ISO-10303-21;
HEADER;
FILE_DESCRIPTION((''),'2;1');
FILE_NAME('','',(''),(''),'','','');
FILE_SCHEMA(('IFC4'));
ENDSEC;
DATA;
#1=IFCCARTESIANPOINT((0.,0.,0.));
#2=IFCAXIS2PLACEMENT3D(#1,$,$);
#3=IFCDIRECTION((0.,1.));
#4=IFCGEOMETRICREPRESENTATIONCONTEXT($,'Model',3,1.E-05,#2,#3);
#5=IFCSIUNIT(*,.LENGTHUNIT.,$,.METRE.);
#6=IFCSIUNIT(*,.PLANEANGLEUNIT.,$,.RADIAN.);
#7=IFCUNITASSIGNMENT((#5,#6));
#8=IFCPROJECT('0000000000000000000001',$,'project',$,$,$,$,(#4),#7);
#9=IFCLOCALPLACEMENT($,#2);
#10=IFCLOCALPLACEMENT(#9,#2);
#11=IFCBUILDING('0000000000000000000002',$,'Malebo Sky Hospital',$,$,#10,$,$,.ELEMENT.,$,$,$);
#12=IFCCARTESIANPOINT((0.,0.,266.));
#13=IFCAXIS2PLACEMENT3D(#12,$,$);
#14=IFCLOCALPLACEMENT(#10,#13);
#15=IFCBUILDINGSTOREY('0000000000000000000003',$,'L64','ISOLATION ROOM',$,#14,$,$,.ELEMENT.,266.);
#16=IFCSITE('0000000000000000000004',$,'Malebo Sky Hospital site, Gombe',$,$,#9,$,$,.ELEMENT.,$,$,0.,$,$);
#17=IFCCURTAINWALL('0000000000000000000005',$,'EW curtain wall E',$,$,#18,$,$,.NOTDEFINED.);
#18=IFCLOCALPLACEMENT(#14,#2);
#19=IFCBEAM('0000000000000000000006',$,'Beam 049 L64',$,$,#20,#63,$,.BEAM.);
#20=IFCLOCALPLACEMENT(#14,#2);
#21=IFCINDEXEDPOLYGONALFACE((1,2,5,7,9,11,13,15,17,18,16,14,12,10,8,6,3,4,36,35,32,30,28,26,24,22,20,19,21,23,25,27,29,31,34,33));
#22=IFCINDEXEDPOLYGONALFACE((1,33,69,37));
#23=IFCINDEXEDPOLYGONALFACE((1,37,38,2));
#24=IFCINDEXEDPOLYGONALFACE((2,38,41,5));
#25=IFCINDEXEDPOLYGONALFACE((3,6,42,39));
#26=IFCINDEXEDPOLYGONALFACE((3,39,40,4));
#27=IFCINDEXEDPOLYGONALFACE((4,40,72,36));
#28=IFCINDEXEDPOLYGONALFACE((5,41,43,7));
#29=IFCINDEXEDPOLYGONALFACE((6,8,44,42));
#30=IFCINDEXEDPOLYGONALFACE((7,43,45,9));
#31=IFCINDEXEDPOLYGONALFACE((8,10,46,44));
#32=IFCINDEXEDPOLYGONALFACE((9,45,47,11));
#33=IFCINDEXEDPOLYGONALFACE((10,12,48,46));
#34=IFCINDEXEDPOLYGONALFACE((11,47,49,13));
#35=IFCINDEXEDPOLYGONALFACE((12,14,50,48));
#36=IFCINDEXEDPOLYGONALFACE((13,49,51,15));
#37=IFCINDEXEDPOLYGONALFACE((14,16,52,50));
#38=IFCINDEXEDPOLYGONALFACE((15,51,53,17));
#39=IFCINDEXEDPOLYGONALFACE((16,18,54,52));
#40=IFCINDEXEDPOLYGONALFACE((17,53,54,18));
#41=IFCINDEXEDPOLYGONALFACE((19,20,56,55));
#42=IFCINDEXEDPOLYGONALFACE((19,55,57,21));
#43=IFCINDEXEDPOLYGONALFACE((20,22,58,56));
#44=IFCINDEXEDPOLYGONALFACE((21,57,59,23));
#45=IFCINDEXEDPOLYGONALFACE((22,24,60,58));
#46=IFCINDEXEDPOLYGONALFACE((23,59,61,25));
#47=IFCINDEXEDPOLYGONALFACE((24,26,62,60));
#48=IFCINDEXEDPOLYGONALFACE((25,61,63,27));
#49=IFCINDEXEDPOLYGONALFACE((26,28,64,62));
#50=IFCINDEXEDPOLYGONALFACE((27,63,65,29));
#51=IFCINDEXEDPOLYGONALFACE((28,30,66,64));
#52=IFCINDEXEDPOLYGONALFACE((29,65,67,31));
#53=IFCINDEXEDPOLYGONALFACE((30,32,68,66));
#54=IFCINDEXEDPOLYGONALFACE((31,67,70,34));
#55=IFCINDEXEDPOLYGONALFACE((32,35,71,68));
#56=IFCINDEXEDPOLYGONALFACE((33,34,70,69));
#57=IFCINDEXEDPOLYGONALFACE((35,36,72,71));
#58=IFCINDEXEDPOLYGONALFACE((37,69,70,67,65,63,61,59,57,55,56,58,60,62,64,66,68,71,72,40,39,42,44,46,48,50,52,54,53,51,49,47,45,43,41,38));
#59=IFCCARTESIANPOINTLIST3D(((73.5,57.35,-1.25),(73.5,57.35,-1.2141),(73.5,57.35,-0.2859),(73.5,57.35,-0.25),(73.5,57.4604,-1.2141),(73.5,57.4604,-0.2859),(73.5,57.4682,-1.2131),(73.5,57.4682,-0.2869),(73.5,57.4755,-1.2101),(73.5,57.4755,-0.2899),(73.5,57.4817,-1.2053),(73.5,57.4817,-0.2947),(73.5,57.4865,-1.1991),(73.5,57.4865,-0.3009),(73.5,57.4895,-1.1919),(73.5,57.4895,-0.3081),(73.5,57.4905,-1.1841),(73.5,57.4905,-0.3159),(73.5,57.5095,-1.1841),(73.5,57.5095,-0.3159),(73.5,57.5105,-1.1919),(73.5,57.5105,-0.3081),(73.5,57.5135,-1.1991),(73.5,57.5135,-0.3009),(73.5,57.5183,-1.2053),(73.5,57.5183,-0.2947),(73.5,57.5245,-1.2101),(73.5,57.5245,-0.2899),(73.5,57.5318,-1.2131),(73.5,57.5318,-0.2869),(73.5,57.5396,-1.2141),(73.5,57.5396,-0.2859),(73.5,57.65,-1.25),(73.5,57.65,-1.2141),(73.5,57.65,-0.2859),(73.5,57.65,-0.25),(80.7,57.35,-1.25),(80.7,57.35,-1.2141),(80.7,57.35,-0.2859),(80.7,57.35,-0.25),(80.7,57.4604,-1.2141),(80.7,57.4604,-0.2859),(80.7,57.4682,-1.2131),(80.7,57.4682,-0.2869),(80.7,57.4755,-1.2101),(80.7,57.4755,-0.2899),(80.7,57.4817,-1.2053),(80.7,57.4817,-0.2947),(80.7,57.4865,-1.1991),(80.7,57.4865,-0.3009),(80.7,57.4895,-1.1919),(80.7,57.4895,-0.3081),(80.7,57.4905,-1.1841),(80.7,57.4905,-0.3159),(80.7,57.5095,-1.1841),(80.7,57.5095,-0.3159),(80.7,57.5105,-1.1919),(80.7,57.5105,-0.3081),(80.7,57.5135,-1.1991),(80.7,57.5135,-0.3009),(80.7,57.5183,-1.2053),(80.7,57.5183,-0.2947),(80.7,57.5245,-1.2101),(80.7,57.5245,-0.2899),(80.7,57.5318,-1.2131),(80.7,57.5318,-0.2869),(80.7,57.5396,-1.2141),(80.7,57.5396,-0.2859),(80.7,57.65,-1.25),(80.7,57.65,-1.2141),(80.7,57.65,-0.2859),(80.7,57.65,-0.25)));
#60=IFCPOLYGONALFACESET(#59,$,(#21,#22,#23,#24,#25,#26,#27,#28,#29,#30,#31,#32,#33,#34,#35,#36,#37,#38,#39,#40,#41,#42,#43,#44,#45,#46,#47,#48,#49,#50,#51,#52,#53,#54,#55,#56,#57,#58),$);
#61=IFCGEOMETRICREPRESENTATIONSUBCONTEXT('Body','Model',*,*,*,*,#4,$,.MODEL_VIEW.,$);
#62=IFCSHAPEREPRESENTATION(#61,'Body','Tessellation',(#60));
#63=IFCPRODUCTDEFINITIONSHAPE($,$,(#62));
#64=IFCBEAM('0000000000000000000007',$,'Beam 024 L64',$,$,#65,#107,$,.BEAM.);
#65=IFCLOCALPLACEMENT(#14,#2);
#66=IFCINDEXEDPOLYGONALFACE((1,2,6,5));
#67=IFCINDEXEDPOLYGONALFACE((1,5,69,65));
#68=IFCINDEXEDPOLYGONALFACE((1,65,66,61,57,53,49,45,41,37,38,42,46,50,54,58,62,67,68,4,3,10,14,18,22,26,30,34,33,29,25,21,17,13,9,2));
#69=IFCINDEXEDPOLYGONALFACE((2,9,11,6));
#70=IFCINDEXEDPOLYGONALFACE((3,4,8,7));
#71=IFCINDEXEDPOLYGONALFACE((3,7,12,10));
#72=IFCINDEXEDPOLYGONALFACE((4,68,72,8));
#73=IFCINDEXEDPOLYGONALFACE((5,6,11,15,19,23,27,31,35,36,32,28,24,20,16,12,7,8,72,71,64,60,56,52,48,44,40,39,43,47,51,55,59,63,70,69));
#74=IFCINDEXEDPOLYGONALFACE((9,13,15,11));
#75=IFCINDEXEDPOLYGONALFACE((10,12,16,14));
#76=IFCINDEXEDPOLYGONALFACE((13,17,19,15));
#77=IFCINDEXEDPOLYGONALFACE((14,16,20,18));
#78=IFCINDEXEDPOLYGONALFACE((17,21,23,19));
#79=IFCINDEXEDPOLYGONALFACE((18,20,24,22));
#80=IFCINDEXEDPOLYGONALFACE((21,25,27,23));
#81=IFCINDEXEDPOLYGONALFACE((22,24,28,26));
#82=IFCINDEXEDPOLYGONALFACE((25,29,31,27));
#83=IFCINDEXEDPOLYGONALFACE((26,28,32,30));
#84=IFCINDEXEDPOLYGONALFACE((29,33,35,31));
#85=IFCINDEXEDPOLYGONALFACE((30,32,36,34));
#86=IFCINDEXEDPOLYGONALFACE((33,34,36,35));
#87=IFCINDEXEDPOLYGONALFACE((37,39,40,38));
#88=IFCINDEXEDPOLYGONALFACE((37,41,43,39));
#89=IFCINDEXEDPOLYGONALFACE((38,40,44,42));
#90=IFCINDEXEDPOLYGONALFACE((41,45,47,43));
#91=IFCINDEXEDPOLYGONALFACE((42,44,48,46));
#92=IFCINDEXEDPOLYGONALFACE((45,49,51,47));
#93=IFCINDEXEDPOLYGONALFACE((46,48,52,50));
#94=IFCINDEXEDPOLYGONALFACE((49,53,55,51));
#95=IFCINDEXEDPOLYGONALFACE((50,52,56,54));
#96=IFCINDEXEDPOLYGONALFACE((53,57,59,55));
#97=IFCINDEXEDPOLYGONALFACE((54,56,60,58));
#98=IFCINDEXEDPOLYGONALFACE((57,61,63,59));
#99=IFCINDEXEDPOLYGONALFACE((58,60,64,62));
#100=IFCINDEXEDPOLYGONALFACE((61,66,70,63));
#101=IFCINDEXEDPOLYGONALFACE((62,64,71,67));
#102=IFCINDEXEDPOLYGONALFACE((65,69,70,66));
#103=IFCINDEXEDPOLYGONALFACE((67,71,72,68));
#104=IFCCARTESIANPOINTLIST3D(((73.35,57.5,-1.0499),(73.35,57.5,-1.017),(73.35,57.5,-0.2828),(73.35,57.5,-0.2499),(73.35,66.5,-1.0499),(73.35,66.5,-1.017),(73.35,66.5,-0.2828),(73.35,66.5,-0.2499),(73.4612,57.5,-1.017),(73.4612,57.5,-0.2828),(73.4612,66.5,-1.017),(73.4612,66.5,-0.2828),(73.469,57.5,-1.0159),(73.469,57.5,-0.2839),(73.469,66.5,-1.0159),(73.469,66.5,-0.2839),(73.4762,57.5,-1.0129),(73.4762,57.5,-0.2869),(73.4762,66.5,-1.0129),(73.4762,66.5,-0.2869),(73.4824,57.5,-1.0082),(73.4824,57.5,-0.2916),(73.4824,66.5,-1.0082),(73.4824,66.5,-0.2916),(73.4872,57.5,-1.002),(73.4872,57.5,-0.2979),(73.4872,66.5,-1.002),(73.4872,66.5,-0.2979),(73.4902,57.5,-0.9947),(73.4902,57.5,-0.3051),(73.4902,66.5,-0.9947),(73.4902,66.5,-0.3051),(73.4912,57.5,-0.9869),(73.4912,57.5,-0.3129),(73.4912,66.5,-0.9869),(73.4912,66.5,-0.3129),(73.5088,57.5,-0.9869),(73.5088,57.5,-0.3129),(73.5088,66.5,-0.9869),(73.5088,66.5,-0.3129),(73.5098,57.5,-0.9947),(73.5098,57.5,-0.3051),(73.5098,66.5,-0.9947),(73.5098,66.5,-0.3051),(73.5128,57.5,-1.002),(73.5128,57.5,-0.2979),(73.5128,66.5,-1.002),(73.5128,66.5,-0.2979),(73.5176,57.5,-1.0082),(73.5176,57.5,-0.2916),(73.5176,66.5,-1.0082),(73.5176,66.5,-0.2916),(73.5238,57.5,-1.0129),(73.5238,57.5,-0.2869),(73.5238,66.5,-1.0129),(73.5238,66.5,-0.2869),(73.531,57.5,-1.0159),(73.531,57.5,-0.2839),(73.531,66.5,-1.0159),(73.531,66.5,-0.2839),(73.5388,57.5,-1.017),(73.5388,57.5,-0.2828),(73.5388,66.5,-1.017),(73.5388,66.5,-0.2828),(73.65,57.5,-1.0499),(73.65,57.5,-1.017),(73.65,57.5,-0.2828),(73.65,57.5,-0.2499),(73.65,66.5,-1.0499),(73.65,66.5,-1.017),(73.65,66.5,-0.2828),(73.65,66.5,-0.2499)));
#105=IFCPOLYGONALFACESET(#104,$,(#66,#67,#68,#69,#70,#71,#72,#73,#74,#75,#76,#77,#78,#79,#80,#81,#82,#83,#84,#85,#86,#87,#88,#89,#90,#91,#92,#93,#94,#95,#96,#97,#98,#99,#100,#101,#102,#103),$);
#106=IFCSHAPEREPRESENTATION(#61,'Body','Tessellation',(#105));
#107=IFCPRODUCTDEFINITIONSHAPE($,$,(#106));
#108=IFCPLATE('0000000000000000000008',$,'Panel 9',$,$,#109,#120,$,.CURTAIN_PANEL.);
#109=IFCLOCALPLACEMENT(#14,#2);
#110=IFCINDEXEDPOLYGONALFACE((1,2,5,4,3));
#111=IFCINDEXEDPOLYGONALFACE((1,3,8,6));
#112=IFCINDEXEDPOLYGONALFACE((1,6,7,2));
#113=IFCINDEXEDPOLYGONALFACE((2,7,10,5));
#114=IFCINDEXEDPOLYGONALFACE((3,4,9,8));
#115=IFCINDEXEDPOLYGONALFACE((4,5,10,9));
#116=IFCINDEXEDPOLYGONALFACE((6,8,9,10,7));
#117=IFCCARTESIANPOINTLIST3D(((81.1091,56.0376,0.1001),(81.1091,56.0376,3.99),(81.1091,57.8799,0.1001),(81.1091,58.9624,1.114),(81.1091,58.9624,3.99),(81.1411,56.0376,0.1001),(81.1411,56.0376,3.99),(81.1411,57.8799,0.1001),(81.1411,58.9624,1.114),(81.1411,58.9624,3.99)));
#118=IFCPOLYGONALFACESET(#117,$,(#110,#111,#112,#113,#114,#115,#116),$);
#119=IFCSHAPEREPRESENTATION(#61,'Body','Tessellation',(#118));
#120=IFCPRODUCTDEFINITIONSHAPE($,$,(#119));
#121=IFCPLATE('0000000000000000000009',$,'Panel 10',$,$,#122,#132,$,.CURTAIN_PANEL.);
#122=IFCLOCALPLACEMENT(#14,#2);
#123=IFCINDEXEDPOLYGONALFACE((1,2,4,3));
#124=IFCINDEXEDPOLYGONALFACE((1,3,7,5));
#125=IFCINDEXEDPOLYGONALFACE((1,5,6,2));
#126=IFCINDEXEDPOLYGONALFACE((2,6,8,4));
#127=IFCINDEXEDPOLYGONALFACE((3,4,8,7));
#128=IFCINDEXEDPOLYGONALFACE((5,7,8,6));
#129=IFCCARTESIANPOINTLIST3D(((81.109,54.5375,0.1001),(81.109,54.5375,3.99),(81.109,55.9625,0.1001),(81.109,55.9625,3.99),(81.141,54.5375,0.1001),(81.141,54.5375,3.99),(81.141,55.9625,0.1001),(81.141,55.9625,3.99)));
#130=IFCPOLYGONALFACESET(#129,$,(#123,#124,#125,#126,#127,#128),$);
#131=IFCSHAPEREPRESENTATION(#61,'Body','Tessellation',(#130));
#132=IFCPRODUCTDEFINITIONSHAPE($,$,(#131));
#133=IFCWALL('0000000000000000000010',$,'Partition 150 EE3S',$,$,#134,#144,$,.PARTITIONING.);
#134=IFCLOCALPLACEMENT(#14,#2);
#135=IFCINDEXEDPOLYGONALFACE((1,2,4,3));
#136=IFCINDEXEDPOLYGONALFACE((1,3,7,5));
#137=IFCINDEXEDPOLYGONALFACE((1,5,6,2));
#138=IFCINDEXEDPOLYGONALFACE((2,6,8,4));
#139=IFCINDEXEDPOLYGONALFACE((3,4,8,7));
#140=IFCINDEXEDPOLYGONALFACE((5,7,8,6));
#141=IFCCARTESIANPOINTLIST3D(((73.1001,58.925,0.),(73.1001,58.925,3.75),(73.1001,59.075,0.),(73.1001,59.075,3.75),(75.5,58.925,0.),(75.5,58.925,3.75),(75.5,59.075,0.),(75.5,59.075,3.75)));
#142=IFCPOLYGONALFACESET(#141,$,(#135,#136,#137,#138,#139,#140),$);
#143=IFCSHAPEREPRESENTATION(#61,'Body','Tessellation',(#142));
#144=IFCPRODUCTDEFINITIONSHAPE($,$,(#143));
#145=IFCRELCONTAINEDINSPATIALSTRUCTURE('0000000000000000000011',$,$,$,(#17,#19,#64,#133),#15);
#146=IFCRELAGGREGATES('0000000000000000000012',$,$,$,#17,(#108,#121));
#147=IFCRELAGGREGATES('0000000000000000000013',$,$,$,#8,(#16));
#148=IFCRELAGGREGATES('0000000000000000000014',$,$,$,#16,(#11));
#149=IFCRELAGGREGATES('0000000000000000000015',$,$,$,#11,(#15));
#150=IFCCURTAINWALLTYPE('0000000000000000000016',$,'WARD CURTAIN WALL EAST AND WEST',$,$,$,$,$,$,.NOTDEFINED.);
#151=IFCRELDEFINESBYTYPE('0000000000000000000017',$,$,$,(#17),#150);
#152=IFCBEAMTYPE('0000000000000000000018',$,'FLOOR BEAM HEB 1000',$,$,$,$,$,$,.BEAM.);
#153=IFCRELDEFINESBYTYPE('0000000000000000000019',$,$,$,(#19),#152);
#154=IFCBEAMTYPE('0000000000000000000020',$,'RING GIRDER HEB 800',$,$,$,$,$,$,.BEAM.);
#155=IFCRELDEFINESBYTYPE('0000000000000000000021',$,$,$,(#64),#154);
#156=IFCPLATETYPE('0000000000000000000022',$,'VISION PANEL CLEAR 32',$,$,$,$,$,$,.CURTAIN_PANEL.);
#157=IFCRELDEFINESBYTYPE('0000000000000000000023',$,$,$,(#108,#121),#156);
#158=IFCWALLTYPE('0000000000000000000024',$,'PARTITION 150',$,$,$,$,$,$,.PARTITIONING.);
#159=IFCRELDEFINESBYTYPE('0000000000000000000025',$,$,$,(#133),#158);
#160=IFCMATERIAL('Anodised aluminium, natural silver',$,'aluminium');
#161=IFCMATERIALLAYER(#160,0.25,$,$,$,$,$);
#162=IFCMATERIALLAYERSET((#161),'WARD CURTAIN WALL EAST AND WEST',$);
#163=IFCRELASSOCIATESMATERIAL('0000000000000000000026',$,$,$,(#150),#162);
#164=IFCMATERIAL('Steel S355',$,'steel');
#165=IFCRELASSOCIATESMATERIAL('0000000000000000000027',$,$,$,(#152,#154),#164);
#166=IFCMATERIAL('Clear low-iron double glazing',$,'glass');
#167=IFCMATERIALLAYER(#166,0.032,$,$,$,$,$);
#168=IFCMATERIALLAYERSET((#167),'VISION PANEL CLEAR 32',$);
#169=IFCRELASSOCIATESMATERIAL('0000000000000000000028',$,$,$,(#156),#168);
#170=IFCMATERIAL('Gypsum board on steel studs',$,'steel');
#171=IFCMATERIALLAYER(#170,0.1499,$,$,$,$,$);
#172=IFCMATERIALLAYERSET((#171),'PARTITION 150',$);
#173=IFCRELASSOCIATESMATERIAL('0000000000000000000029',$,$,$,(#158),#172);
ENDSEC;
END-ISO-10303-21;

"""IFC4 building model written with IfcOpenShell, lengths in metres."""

from ifc_helpers import new_model, si_unit, direction, frame, frame_2d, origin, origin_2d, place, context, subcontext, project, spatial, polyline, rectangle, i_section, outline, extrude, material, layer, layer_set, material_profile, profile_set, type_object, element, aggregate, save


model = new_model("IFC4")

# Units and contexts
model_context = context("Model", 3, precision=1e-05, world=origin(), true_north=direction((0.0, 1.0)))
body_context = subcontext(model_context, "Body", "Model", "MODEL_VIEW")
ifc_project = project(units=[si_unit("LENGTHUNIT", "METRE"), si_unit("PLANEANGLEUNIT", "RADIAN")], contexts=[model_context])

# Site, building, storey
site_placement = place(None, origin())
site = spatial("IfcSite", under=ifc_project, at=site_placement, Name="Malebo Sky Hospital site, Gombe", CompositionType="ELEMENT", RefElevation=0.0)
building_placement = place(site_placement, origin())
building = spatial("IfcBuilding", under=site, at=building_placement, Name="Malebo Sky Hospital", CompositionType="ELEMENT")
storey_placement = place(building_placement, frame((0.0, 0.0, 266.0)))
storey = spatial("IfcBuildingStorey", under=building, at=storey_placement, Name="L64", Description="ISOLATION ROOM", CompositionType="ELEMENT", Elevation=266.0)

# Curtain wall
ifc_material_1 = material(Name="Anodised aluminium, natural silver", Category="aluminium")
ifc_layer_1 = layer(ifc_material_1, 0.25)
ifc_layer_set_1 = layer_set([ifc_layer_1], Name="WARD CURTAIN WALL EAST AND WEST")
curtain_wall_type = type_object("IfcCurtainWallType", Name="WARD CURTAIN WALL EAST AND WEST", PredefinedType="NOTDEFINED", material=ifc_layer_set_1)
curtain_wall_placement = place(storey_placement, origin())
curtain_wall = element("IfcCurtainWall", 1, at=curtain_wall_placement, inside=storey, type_object=curtain_wall_type, Name="EW curtain wall E", PredefinedType="NOTDEFINED")

# Shared definitions
ifc_material_2 = material(Name="Steel S355", Category="steel")

# Beams
ifc_material_profile_1 = material_profile(ifc_material_2, i_section(OverallWidth=0.3, OverallDepth=1.0, WebThickness=0.019, FlangeThickness=0.0359, FilletRadius=0.03, at=origin_2d()), Name="HEB 1000")
ifc_profile_set_1 = profile_set([ifc_material_profile_1], Name="Steel S355")
beam_type_1 = type_object("IfcBeamType", Name="FLOOR BEAM HEB 1000", PredefinedType="BEAM", material=ifc_profile_set_1)
beam_1_placement = place(storey_placement, frame((73.5, 57.5, -0.75), z_axis=(1.0, 0.0, 0.0), x_axis=(0.0, 1.0, 0.0)))
element("IfcBeam", 2, at=beam_1_placement, inside=storey, type_object=beam_type_1, Name="Beam 049 L64", PredefinedType="BEAM", context=body_context, shape_type="SweptSolid", body=[
    extrude(i_section(OverallWidth=0.3, OverallDepth=1.0, WebThickness=0.019, FlangeThickness=0.0359, FilletRadius=0.03, at=origin_2d()), origin(), (0.0, 0.0, 1.0), 7.2),
])
ifc_material_profile_2 = material_profile(ifc_material_2, i_section(OverallWidth=0.3, OverallDepth=0.8, WebThickness=0.0176, FlangeThickness=0.033, FilletRadius=0.03, at=origin_2d()), Name="HEB 800")
ifc_profile_set_2 = profile_set([ifc_material_profile_2], Name="Steel S355")
beam_type_2 = type_object("IfcBeamType", Name="RING GIRDER HEB 800", PredefinedType="BEAM", material=ifc_profile_set_2)
beam_2_placement = place(storey_placement, frame((73.5, 57.5, -0.6499), z_axis=(0.0, 1.0, 0.0), x_axis=(-1.0, 0.0, 0.0)))
element("IfcBeam", 3, at=beam_2_placement, inside=storey, type_object=beam_type_2, Name="Beam 024 L64", PredefinedType="BEAM", context=body_context, shape_type="SweptSolid", body=[
    extrude(i_section(OverallWidth=0.3, OverallDepth=0.8, WebThickness=0.0176, FlangeThickness=0.033, FilletRadius=0.03, at=origin_2d()), origin(), (0.0, 0.0, 1.0), 9.0),
])

# Plates
ifc_material_3 = material(Name="Clear low-iron double glazing", Category="glass")
ifc_layer_2 = layer(ifc_material_3, 0.032)
ifc_layer_set_2 = layer_set([ifc_layer_2], Name="VISION PANEL CLEAR 32")
plate_type = type_object("IfcPlateType", Name="VISION PANEL CLEAR 32", PredefinedType="CURTAIN_PANEL", material=ifc_layer_set_2)
plate_1_placement = place(storey_placement, frame((81.125, 57.5, 0.1001), z_axis=(0.0, 0.0, 1.0), x_axis=(0.0, -1.0, 0.0)))
plate_1 = element("IfcPlate", 4, at=plate_1_placement, type_object=plate_type, Name="Panel 9", PredefinedType="CURTAIN_PANEL", context=body_context, shape_type="SweptSolid", body=[
    extrude(outline(polyline([(-0.3799, 0.0), (1.4624, 0.0), (1.4624, 3.8899), (-1.4624, 3.8899), (-1.4624, 1.0139), (-0.3799, 0.0)])), frame((0.0, 0.0161, 0.0), z_axis=(0.0, -1.0, 0.0), x_axis=(1.0, 0.0, 0.0)), (0.0, 0.0, 1.0), 0.032),
])
plate_2_placement = place(storey_placement, frame((81.125, 55.25, 0.1001), z_axis=(0.0, 0.0, 1.0), x_axis=(0.0, -1.0, 0.0)))
plate_2 = element("IfcPlate", 5, at=plate_2_placement, type_object=plate_type, Name="Panel 10", PredefinedType="CURTAIN_PANEL", context=body_context, shape_type="SweptSolid", body=[
    extrude(rectangle(XDim=1.425, YDim=0.032, at=origin_2d()), origin(), (0.0, 0.0, 1.0), 3.8899),
])
aggregate(curtain_wall, [plate_1, plate_2])

# Wall
ifc_material_4 = material(Name="Gypsum board on steel studs", Category="steel")
ifc_layer_3 = layer(ifc_material_4, 0.1499)
ifc_layer_set_3 = layer_set([ifc_layer_3], Name="PARTITION 150")
wall_type = type_object("IfcWallType", Name="PARTITION 150", PredefinedType="PARTITIONING", material=ifc_layer_set_3)
wall_placement = place(storey_placement, frame((73.1001, 59.0, 0.0), z_axis=(0.0, 0.0, 1.0), x_axis=(1.0, 0.0, 0.0)))
element("IfcWall", 6, at=wall_placement, inside=storey, type_object=wall_type, Name="Partition 150 EE3S", PredefinedType="PARTITIONING", context=body_context, shape_type="SweptSolid", body=[
    extrude(rectangle(XDim=2.3999, YDim=0.1499, at=frame_2d((1.2, 0.0))), origin(), (0.0, 0.0, 1.0), 3.75),
])

save(model, "model.ifc")
